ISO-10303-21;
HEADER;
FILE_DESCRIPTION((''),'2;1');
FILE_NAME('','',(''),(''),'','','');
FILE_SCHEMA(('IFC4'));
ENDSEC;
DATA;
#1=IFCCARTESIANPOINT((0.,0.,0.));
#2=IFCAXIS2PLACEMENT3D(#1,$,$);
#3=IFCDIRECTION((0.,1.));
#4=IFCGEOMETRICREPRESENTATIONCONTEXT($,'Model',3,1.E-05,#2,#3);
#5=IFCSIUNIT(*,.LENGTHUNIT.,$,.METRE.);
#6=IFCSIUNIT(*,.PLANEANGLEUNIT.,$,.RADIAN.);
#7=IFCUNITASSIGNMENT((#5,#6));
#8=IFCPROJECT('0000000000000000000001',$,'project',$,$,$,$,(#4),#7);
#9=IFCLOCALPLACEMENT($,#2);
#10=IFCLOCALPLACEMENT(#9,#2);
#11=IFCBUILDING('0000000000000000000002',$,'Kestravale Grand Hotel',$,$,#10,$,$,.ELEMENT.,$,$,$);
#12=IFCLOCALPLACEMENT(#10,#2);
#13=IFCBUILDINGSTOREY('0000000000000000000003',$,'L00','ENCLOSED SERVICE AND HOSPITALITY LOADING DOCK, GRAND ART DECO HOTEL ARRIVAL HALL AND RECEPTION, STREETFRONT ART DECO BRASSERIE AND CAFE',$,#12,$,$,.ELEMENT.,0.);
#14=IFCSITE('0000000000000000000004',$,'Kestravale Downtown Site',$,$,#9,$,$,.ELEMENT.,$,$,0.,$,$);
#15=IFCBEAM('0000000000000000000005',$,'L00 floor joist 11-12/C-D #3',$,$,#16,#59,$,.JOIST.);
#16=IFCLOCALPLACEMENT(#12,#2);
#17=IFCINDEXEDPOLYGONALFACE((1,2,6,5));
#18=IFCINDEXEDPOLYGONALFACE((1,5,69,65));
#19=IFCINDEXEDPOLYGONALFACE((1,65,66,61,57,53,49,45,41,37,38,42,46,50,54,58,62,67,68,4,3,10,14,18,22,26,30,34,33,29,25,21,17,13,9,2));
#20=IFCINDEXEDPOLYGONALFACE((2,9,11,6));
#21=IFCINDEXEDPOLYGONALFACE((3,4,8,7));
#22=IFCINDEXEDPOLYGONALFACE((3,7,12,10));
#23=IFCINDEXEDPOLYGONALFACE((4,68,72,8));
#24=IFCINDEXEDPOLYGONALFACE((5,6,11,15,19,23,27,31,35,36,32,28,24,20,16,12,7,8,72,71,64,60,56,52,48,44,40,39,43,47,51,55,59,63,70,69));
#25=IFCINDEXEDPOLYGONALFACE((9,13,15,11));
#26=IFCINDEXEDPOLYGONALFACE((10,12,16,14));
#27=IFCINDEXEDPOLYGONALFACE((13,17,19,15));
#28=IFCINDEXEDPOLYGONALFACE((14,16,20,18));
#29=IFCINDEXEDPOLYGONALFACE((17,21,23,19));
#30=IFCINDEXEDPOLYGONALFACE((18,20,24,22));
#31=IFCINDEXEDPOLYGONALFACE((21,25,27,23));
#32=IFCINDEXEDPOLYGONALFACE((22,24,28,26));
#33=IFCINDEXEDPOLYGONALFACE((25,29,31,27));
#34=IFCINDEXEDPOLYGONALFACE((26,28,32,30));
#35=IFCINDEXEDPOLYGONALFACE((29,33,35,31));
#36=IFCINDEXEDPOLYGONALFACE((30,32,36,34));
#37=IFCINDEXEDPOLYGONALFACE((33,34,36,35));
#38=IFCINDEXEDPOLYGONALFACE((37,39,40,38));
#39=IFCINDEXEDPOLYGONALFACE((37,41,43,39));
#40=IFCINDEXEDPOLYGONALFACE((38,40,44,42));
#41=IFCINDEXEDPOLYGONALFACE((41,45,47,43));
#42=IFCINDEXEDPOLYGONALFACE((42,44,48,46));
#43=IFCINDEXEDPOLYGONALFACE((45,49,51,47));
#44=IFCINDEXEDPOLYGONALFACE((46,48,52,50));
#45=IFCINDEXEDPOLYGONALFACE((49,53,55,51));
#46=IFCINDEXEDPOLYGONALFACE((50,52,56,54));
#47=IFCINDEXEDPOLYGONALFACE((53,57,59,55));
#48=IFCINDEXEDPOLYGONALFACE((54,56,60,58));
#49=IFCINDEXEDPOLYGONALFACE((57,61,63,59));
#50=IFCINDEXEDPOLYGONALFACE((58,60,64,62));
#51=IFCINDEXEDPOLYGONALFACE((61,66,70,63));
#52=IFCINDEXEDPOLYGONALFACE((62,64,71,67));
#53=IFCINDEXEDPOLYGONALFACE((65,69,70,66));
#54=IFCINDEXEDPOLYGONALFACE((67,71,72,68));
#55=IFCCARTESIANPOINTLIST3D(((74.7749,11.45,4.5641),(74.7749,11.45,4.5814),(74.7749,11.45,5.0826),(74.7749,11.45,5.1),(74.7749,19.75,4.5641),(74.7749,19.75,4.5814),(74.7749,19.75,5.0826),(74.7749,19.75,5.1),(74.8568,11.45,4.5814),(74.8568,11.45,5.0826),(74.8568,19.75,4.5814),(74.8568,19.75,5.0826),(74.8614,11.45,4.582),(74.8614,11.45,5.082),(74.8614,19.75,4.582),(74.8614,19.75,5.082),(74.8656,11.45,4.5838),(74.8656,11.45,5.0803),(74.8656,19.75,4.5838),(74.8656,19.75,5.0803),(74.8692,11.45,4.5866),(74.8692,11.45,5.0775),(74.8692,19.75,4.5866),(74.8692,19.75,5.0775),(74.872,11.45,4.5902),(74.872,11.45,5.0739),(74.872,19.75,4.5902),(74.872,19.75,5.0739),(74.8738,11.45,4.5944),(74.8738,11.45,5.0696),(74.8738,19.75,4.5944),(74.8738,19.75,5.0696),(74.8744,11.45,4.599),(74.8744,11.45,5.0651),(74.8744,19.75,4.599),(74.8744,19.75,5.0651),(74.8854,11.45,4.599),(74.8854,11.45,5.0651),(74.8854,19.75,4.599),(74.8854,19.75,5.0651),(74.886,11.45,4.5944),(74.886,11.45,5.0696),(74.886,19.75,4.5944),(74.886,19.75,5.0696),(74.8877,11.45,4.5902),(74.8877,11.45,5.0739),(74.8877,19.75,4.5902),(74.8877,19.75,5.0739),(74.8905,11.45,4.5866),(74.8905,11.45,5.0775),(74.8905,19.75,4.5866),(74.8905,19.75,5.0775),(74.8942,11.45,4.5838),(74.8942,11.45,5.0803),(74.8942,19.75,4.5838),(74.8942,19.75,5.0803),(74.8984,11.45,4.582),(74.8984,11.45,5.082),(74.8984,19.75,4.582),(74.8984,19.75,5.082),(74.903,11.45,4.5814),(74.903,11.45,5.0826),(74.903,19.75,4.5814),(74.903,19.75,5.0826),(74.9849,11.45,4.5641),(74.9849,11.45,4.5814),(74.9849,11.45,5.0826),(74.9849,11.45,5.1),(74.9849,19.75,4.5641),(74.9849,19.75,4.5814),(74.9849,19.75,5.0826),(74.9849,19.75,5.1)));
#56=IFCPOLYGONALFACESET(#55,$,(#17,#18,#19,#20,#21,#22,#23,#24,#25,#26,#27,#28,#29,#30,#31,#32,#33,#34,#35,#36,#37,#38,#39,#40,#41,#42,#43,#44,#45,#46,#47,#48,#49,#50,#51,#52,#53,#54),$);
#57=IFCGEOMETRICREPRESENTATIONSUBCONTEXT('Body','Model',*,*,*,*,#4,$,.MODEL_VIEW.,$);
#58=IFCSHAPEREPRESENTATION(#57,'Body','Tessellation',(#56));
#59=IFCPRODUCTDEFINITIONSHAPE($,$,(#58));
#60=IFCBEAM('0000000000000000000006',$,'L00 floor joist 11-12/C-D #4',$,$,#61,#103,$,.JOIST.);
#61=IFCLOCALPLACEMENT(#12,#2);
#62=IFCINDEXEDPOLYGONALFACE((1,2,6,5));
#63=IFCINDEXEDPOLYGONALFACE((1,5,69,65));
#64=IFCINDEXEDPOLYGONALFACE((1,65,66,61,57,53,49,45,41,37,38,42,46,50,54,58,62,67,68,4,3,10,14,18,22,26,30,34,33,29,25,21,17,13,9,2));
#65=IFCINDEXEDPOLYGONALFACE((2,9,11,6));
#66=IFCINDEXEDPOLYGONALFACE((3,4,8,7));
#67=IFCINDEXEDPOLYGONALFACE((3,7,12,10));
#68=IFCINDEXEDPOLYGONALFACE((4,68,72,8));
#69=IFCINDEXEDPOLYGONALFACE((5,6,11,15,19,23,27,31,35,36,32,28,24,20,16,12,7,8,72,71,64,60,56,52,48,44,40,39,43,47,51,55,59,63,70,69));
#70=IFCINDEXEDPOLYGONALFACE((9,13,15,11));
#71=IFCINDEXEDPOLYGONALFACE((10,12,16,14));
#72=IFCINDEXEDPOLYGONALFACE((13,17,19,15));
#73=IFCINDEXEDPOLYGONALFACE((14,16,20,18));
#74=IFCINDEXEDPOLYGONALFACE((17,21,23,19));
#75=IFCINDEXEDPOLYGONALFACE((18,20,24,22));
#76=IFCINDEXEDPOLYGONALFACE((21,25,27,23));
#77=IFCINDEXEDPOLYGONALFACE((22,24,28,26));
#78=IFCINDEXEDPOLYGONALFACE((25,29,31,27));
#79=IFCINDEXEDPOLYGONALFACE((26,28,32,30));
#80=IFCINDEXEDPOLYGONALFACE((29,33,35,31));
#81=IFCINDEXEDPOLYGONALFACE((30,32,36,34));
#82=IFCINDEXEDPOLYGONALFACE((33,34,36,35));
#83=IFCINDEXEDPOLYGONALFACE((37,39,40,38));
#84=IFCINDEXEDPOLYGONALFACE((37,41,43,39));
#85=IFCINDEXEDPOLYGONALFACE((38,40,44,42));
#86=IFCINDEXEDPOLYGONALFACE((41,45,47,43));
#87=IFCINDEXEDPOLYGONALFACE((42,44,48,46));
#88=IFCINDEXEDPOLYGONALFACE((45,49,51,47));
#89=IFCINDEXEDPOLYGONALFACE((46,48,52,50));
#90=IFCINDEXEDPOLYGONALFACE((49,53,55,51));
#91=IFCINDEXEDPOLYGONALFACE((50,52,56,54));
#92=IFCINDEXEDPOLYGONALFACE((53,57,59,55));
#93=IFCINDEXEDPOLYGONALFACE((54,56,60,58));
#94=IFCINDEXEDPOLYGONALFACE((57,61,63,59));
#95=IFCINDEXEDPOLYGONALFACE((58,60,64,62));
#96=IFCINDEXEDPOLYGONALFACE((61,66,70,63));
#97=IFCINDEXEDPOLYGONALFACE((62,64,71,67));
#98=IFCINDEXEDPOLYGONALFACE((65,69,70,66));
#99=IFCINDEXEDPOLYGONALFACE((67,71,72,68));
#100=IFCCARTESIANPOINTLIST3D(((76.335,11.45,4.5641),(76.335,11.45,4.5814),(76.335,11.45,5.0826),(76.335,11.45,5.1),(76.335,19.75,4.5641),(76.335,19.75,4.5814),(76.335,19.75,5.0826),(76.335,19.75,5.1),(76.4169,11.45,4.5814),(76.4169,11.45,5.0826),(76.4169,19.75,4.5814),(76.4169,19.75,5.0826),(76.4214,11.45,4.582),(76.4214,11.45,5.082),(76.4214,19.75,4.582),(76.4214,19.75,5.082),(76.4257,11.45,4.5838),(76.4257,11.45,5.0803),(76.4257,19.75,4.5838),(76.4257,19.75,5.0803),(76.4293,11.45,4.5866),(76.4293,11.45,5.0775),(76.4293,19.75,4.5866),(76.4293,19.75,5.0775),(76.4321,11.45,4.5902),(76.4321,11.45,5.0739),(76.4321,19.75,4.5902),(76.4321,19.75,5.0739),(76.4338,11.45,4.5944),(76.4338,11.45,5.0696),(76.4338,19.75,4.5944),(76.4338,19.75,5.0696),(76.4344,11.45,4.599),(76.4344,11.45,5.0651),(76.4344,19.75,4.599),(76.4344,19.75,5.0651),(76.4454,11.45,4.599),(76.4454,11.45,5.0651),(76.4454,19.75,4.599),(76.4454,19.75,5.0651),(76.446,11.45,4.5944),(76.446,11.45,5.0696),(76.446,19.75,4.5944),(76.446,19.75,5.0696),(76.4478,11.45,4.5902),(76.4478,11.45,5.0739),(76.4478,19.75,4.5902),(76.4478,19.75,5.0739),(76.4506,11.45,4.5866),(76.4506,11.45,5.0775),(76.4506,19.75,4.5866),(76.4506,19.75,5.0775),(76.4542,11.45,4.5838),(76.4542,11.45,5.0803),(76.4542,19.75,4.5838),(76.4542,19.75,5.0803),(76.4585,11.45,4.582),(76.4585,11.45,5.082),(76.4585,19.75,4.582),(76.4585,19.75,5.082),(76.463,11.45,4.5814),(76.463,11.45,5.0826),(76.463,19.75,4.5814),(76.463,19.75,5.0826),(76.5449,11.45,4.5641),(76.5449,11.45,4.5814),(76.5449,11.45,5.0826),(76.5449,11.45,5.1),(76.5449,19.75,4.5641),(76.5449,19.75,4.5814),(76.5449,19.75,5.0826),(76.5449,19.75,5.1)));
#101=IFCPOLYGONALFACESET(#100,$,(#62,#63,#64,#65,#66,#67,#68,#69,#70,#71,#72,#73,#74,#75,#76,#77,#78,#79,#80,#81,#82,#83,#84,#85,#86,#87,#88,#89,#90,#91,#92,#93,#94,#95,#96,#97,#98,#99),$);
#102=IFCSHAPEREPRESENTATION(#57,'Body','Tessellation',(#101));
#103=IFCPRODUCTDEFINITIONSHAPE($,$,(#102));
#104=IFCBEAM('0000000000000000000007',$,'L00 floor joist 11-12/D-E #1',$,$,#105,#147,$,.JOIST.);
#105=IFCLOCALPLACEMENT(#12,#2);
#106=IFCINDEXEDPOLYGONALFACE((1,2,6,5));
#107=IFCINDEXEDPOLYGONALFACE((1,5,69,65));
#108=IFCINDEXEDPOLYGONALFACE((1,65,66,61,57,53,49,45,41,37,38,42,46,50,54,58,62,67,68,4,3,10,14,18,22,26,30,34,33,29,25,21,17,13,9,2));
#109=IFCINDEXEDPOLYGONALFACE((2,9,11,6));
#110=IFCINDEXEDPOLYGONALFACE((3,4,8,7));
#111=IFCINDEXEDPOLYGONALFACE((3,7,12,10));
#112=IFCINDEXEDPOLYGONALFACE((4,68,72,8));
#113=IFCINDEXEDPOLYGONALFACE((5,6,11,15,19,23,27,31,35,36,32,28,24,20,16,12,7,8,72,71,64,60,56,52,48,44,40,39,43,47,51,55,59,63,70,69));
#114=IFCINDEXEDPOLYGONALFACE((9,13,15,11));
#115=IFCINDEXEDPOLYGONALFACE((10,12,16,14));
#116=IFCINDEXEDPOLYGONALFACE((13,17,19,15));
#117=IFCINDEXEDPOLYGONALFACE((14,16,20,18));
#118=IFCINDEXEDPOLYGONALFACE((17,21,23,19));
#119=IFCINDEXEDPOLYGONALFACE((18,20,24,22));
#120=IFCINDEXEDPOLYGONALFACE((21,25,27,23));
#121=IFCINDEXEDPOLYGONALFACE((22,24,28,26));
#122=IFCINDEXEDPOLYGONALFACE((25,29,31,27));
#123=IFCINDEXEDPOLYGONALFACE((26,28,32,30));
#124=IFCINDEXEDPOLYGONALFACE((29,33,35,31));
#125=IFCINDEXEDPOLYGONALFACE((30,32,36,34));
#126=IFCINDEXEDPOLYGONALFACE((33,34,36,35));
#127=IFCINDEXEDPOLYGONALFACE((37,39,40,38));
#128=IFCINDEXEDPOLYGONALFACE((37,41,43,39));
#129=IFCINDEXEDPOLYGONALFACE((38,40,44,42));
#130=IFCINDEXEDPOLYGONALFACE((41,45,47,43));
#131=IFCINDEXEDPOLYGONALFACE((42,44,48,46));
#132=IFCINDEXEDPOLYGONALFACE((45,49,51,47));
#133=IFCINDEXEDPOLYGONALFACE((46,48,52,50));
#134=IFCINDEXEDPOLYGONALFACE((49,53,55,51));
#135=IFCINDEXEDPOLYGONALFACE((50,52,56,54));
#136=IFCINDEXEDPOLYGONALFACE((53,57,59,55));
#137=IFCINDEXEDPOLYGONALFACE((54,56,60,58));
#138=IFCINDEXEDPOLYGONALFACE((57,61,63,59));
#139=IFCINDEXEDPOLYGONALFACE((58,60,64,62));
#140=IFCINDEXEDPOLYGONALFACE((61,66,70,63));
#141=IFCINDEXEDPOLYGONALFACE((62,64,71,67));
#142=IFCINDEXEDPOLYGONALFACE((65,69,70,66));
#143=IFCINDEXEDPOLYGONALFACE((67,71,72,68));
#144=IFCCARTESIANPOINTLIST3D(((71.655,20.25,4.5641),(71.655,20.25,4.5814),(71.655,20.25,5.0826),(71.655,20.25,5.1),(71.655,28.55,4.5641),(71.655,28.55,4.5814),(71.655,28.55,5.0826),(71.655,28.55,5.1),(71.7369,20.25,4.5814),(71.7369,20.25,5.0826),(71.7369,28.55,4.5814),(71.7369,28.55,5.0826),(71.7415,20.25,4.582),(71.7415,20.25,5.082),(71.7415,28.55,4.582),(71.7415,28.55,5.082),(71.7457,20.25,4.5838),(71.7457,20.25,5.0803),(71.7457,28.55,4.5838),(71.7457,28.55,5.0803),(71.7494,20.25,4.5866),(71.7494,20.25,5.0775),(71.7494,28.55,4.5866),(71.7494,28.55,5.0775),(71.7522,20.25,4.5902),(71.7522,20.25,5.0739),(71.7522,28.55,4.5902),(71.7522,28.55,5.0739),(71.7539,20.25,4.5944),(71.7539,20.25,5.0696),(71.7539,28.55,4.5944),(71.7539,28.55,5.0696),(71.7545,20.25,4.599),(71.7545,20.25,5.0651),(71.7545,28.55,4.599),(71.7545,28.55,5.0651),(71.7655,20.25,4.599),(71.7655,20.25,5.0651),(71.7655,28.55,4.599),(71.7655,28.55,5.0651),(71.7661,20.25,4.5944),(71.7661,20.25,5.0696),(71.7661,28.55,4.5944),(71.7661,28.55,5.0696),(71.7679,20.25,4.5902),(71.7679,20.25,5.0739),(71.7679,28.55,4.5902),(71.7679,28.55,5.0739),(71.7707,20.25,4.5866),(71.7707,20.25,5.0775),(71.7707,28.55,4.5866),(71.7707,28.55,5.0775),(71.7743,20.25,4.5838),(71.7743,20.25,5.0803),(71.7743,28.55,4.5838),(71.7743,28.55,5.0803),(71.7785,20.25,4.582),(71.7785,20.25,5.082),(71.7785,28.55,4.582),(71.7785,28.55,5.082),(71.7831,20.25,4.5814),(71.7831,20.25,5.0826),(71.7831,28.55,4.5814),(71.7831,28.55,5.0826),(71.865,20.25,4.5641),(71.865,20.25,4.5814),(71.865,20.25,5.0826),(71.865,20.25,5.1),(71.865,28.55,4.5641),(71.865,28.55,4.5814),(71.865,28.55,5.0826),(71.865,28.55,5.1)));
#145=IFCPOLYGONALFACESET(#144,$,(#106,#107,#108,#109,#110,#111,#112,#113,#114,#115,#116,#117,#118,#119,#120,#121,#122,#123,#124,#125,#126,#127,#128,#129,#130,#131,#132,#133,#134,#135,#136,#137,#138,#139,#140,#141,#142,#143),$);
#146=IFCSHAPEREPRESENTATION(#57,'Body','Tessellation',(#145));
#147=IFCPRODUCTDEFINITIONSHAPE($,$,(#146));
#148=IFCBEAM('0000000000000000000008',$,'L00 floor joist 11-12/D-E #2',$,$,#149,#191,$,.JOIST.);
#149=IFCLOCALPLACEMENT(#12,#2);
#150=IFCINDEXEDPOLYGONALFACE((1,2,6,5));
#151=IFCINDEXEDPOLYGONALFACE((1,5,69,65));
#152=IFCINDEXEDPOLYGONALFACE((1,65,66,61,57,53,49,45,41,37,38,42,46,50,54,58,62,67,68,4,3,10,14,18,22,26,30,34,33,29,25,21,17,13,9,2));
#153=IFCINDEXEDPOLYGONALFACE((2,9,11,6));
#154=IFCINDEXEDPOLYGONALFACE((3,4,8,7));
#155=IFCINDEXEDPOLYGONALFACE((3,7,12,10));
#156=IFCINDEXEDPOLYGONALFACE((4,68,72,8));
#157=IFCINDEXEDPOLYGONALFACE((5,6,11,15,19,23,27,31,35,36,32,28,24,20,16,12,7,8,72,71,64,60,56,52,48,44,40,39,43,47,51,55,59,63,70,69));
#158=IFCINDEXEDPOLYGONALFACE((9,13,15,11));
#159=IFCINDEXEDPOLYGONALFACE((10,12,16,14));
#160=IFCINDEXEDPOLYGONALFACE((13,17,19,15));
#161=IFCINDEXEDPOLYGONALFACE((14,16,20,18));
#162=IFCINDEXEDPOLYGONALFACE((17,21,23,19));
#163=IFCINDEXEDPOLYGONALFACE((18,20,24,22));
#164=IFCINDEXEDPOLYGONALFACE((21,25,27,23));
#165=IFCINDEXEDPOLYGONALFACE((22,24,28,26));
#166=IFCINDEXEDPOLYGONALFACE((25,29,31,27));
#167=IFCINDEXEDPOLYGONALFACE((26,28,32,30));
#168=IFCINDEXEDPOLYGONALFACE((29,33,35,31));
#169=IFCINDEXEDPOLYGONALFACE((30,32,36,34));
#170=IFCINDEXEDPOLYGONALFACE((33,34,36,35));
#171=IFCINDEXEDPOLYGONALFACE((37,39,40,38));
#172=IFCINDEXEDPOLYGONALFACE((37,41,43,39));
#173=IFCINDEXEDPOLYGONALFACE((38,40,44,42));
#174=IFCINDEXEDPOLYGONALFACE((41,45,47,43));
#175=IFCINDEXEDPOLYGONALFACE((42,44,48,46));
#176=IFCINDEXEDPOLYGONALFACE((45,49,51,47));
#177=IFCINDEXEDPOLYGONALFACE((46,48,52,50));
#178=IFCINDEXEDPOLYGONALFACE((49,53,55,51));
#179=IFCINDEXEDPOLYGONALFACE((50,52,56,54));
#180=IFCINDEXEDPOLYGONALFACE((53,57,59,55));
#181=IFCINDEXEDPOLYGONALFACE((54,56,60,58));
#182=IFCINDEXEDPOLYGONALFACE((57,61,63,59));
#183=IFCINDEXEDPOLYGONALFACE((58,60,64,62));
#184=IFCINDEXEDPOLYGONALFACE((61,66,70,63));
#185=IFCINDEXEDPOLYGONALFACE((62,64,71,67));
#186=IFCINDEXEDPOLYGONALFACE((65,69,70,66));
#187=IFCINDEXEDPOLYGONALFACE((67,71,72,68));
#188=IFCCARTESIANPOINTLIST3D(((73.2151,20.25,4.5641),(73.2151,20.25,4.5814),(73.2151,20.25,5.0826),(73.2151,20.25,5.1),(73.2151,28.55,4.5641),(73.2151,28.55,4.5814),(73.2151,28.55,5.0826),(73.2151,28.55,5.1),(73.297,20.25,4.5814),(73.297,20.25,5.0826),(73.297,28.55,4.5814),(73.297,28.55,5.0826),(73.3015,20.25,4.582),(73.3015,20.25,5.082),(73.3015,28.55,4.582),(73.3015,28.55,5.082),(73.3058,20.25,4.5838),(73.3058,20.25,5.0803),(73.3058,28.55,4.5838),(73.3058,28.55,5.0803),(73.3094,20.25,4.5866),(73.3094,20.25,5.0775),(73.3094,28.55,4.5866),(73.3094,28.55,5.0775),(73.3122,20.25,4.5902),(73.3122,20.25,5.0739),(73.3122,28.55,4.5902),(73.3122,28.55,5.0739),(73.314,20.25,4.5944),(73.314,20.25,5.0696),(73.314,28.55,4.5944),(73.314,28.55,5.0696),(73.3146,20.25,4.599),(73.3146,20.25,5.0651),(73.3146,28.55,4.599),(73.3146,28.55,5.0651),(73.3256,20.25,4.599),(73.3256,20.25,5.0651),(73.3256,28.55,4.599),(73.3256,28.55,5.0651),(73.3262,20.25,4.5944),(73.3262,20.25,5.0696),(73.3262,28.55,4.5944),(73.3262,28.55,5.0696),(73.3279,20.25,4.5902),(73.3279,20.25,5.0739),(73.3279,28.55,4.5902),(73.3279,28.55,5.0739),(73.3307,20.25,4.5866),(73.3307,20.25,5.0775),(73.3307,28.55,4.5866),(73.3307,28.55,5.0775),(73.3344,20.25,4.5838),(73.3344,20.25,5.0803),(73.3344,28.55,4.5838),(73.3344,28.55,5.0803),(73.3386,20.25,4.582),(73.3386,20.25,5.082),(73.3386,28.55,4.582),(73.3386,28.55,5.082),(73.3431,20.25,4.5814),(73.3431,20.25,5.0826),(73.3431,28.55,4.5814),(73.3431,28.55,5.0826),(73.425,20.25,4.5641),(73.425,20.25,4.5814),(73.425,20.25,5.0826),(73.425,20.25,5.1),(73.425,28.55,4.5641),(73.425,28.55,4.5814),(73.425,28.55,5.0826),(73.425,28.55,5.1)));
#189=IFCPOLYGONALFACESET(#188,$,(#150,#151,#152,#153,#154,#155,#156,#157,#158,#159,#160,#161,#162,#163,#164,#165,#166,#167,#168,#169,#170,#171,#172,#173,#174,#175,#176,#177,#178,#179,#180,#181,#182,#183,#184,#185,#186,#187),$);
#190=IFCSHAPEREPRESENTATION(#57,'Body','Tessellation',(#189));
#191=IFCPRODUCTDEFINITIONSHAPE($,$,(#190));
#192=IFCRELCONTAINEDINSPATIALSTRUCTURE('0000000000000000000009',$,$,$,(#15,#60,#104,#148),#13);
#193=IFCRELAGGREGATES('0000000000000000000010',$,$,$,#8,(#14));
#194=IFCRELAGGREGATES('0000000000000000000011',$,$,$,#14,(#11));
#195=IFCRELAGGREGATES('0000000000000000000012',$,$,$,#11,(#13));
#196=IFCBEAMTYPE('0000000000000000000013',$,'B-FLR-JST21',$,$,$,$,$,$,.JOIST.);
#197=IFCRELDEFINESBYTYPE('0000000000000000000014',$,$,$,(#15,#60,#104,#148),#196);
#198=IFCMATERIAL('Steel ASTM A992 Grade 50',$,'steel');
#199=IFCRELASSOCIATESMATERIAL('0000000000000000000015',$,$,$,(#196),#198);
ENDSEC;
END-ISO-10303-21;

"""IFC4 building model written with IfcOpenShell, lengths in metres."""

from ifc_helpers import new_model, si_unit, direction, frame, origin, origin_2d, place, context, subcontext, project, spatial, i_section, extrude, material, material_profile, profile_set, type_object, element, save


model = new_model("IFC4")

# Units and contexts
model_context = context("Model", 3, precision=1e-05, world=origin(), true_north=direction((0.0, 1.0)))
body_context = subcontext(model_context, "Body", "Model", "MODEL_VIEW")
ifc_project = project(units=[si_unit("LENGTHUNIT", "METRE"), si_unit("PLANEANGLEUNIT", "RADIAN")], contexts=[model_context])

# Site, building, storey
site_placement = place(None, origin())
site = spatial("IfcSite", under=ifc_project, at=site_placement, Name="Kestravale Downtown Site", CompositionType="ELEMENT", RefElevation=0.0)
building_placement = place(site_placement, origin())
building = spatial("IfcBuilding", under=site, at=building_placement, Name="Kestravale Grand Hotel", CompositionType="ELEMENT")
storey_placement = place(building_placement, origin())
storey = spatial("IfcBuildingStorey", under=building, at=storey_placement, Name="L00", Description="ENCLOSED SERVICE AND HOSPITALITY LOADING DOCK, GRAND ART DECO HOTEL ARRIVAL HALL AND RECEPTION, STREETFRONT ART DECO BRASSERIE AND CAFE", CompositionType="ELEMENT", Elevation=0.0)

# Beams
ifc_material_1 = material(Name="Steel ASTM A992 Grade 50", Category="steel")
ifc_material_profile_1 = material_profile(ifc_material_1, i_section(OverallWidth=0.21, OverallDepth=0.5359, WebThickness=0.011, FlangeThickness=0.0173, FilletRadius=0.0176, at=origin_2d()))
ifc_profile_set_1 = profile_set([ifc_material_profile_1], Name="Steel ASTM A992 Grade 50")
beam_type_1 = type_object("IfcBeamType", Name="B-FLR-JST21", PredefinedType="JOIST", material=ifc_profile_set_1)
for number, where, z_axis, x_axis, name in (
    (1, (74.8799, 11.45, 4.832), (0.0, 1.0, 0.0), (-1.0, 0.0, 0.0), "L00 floor joist 11-12/C-D #3"),
    (2, (76.4399, 11.45, 4.832), (0.0, 1.0, 0.0), (-1.0, 0.0, 0.0), "L00 floor joist 11-12/C-D #4"),
    (3, (71.76, 20.25, 4.832), (0.0, 1.0, 0.0), (-1.0, 0.0, 0.0), "L00 floor joist 11-12/D-E #1"),
    (4, (73.3201, 20.25, 4.832), (0.0, 1.0, 0.0), (-1.0, 0.0, 0.0), "L00 floor joist 11-12/D-E #2"),
):
    element("IfcBeam", number, at=place(storey_placement, frame(where, z_axis=z_axis, x_axis=x_axis)), inside=storey, type_object=beam_type_1, Name=name, PredefinedType="JOIST", context=body_context, shape_type="SweptSolid", body=[
        extrude(i_section(OverallWidth=0.21, OverallDepth=0.5359, WebThickness=0.011, FlangeThickness=0.0173, FilletRadius=0.0176, at=origin_2d()), origin(), (0.0, 0.0, 1.0), 8.3),
    ])

save(model, "model.ifc")
